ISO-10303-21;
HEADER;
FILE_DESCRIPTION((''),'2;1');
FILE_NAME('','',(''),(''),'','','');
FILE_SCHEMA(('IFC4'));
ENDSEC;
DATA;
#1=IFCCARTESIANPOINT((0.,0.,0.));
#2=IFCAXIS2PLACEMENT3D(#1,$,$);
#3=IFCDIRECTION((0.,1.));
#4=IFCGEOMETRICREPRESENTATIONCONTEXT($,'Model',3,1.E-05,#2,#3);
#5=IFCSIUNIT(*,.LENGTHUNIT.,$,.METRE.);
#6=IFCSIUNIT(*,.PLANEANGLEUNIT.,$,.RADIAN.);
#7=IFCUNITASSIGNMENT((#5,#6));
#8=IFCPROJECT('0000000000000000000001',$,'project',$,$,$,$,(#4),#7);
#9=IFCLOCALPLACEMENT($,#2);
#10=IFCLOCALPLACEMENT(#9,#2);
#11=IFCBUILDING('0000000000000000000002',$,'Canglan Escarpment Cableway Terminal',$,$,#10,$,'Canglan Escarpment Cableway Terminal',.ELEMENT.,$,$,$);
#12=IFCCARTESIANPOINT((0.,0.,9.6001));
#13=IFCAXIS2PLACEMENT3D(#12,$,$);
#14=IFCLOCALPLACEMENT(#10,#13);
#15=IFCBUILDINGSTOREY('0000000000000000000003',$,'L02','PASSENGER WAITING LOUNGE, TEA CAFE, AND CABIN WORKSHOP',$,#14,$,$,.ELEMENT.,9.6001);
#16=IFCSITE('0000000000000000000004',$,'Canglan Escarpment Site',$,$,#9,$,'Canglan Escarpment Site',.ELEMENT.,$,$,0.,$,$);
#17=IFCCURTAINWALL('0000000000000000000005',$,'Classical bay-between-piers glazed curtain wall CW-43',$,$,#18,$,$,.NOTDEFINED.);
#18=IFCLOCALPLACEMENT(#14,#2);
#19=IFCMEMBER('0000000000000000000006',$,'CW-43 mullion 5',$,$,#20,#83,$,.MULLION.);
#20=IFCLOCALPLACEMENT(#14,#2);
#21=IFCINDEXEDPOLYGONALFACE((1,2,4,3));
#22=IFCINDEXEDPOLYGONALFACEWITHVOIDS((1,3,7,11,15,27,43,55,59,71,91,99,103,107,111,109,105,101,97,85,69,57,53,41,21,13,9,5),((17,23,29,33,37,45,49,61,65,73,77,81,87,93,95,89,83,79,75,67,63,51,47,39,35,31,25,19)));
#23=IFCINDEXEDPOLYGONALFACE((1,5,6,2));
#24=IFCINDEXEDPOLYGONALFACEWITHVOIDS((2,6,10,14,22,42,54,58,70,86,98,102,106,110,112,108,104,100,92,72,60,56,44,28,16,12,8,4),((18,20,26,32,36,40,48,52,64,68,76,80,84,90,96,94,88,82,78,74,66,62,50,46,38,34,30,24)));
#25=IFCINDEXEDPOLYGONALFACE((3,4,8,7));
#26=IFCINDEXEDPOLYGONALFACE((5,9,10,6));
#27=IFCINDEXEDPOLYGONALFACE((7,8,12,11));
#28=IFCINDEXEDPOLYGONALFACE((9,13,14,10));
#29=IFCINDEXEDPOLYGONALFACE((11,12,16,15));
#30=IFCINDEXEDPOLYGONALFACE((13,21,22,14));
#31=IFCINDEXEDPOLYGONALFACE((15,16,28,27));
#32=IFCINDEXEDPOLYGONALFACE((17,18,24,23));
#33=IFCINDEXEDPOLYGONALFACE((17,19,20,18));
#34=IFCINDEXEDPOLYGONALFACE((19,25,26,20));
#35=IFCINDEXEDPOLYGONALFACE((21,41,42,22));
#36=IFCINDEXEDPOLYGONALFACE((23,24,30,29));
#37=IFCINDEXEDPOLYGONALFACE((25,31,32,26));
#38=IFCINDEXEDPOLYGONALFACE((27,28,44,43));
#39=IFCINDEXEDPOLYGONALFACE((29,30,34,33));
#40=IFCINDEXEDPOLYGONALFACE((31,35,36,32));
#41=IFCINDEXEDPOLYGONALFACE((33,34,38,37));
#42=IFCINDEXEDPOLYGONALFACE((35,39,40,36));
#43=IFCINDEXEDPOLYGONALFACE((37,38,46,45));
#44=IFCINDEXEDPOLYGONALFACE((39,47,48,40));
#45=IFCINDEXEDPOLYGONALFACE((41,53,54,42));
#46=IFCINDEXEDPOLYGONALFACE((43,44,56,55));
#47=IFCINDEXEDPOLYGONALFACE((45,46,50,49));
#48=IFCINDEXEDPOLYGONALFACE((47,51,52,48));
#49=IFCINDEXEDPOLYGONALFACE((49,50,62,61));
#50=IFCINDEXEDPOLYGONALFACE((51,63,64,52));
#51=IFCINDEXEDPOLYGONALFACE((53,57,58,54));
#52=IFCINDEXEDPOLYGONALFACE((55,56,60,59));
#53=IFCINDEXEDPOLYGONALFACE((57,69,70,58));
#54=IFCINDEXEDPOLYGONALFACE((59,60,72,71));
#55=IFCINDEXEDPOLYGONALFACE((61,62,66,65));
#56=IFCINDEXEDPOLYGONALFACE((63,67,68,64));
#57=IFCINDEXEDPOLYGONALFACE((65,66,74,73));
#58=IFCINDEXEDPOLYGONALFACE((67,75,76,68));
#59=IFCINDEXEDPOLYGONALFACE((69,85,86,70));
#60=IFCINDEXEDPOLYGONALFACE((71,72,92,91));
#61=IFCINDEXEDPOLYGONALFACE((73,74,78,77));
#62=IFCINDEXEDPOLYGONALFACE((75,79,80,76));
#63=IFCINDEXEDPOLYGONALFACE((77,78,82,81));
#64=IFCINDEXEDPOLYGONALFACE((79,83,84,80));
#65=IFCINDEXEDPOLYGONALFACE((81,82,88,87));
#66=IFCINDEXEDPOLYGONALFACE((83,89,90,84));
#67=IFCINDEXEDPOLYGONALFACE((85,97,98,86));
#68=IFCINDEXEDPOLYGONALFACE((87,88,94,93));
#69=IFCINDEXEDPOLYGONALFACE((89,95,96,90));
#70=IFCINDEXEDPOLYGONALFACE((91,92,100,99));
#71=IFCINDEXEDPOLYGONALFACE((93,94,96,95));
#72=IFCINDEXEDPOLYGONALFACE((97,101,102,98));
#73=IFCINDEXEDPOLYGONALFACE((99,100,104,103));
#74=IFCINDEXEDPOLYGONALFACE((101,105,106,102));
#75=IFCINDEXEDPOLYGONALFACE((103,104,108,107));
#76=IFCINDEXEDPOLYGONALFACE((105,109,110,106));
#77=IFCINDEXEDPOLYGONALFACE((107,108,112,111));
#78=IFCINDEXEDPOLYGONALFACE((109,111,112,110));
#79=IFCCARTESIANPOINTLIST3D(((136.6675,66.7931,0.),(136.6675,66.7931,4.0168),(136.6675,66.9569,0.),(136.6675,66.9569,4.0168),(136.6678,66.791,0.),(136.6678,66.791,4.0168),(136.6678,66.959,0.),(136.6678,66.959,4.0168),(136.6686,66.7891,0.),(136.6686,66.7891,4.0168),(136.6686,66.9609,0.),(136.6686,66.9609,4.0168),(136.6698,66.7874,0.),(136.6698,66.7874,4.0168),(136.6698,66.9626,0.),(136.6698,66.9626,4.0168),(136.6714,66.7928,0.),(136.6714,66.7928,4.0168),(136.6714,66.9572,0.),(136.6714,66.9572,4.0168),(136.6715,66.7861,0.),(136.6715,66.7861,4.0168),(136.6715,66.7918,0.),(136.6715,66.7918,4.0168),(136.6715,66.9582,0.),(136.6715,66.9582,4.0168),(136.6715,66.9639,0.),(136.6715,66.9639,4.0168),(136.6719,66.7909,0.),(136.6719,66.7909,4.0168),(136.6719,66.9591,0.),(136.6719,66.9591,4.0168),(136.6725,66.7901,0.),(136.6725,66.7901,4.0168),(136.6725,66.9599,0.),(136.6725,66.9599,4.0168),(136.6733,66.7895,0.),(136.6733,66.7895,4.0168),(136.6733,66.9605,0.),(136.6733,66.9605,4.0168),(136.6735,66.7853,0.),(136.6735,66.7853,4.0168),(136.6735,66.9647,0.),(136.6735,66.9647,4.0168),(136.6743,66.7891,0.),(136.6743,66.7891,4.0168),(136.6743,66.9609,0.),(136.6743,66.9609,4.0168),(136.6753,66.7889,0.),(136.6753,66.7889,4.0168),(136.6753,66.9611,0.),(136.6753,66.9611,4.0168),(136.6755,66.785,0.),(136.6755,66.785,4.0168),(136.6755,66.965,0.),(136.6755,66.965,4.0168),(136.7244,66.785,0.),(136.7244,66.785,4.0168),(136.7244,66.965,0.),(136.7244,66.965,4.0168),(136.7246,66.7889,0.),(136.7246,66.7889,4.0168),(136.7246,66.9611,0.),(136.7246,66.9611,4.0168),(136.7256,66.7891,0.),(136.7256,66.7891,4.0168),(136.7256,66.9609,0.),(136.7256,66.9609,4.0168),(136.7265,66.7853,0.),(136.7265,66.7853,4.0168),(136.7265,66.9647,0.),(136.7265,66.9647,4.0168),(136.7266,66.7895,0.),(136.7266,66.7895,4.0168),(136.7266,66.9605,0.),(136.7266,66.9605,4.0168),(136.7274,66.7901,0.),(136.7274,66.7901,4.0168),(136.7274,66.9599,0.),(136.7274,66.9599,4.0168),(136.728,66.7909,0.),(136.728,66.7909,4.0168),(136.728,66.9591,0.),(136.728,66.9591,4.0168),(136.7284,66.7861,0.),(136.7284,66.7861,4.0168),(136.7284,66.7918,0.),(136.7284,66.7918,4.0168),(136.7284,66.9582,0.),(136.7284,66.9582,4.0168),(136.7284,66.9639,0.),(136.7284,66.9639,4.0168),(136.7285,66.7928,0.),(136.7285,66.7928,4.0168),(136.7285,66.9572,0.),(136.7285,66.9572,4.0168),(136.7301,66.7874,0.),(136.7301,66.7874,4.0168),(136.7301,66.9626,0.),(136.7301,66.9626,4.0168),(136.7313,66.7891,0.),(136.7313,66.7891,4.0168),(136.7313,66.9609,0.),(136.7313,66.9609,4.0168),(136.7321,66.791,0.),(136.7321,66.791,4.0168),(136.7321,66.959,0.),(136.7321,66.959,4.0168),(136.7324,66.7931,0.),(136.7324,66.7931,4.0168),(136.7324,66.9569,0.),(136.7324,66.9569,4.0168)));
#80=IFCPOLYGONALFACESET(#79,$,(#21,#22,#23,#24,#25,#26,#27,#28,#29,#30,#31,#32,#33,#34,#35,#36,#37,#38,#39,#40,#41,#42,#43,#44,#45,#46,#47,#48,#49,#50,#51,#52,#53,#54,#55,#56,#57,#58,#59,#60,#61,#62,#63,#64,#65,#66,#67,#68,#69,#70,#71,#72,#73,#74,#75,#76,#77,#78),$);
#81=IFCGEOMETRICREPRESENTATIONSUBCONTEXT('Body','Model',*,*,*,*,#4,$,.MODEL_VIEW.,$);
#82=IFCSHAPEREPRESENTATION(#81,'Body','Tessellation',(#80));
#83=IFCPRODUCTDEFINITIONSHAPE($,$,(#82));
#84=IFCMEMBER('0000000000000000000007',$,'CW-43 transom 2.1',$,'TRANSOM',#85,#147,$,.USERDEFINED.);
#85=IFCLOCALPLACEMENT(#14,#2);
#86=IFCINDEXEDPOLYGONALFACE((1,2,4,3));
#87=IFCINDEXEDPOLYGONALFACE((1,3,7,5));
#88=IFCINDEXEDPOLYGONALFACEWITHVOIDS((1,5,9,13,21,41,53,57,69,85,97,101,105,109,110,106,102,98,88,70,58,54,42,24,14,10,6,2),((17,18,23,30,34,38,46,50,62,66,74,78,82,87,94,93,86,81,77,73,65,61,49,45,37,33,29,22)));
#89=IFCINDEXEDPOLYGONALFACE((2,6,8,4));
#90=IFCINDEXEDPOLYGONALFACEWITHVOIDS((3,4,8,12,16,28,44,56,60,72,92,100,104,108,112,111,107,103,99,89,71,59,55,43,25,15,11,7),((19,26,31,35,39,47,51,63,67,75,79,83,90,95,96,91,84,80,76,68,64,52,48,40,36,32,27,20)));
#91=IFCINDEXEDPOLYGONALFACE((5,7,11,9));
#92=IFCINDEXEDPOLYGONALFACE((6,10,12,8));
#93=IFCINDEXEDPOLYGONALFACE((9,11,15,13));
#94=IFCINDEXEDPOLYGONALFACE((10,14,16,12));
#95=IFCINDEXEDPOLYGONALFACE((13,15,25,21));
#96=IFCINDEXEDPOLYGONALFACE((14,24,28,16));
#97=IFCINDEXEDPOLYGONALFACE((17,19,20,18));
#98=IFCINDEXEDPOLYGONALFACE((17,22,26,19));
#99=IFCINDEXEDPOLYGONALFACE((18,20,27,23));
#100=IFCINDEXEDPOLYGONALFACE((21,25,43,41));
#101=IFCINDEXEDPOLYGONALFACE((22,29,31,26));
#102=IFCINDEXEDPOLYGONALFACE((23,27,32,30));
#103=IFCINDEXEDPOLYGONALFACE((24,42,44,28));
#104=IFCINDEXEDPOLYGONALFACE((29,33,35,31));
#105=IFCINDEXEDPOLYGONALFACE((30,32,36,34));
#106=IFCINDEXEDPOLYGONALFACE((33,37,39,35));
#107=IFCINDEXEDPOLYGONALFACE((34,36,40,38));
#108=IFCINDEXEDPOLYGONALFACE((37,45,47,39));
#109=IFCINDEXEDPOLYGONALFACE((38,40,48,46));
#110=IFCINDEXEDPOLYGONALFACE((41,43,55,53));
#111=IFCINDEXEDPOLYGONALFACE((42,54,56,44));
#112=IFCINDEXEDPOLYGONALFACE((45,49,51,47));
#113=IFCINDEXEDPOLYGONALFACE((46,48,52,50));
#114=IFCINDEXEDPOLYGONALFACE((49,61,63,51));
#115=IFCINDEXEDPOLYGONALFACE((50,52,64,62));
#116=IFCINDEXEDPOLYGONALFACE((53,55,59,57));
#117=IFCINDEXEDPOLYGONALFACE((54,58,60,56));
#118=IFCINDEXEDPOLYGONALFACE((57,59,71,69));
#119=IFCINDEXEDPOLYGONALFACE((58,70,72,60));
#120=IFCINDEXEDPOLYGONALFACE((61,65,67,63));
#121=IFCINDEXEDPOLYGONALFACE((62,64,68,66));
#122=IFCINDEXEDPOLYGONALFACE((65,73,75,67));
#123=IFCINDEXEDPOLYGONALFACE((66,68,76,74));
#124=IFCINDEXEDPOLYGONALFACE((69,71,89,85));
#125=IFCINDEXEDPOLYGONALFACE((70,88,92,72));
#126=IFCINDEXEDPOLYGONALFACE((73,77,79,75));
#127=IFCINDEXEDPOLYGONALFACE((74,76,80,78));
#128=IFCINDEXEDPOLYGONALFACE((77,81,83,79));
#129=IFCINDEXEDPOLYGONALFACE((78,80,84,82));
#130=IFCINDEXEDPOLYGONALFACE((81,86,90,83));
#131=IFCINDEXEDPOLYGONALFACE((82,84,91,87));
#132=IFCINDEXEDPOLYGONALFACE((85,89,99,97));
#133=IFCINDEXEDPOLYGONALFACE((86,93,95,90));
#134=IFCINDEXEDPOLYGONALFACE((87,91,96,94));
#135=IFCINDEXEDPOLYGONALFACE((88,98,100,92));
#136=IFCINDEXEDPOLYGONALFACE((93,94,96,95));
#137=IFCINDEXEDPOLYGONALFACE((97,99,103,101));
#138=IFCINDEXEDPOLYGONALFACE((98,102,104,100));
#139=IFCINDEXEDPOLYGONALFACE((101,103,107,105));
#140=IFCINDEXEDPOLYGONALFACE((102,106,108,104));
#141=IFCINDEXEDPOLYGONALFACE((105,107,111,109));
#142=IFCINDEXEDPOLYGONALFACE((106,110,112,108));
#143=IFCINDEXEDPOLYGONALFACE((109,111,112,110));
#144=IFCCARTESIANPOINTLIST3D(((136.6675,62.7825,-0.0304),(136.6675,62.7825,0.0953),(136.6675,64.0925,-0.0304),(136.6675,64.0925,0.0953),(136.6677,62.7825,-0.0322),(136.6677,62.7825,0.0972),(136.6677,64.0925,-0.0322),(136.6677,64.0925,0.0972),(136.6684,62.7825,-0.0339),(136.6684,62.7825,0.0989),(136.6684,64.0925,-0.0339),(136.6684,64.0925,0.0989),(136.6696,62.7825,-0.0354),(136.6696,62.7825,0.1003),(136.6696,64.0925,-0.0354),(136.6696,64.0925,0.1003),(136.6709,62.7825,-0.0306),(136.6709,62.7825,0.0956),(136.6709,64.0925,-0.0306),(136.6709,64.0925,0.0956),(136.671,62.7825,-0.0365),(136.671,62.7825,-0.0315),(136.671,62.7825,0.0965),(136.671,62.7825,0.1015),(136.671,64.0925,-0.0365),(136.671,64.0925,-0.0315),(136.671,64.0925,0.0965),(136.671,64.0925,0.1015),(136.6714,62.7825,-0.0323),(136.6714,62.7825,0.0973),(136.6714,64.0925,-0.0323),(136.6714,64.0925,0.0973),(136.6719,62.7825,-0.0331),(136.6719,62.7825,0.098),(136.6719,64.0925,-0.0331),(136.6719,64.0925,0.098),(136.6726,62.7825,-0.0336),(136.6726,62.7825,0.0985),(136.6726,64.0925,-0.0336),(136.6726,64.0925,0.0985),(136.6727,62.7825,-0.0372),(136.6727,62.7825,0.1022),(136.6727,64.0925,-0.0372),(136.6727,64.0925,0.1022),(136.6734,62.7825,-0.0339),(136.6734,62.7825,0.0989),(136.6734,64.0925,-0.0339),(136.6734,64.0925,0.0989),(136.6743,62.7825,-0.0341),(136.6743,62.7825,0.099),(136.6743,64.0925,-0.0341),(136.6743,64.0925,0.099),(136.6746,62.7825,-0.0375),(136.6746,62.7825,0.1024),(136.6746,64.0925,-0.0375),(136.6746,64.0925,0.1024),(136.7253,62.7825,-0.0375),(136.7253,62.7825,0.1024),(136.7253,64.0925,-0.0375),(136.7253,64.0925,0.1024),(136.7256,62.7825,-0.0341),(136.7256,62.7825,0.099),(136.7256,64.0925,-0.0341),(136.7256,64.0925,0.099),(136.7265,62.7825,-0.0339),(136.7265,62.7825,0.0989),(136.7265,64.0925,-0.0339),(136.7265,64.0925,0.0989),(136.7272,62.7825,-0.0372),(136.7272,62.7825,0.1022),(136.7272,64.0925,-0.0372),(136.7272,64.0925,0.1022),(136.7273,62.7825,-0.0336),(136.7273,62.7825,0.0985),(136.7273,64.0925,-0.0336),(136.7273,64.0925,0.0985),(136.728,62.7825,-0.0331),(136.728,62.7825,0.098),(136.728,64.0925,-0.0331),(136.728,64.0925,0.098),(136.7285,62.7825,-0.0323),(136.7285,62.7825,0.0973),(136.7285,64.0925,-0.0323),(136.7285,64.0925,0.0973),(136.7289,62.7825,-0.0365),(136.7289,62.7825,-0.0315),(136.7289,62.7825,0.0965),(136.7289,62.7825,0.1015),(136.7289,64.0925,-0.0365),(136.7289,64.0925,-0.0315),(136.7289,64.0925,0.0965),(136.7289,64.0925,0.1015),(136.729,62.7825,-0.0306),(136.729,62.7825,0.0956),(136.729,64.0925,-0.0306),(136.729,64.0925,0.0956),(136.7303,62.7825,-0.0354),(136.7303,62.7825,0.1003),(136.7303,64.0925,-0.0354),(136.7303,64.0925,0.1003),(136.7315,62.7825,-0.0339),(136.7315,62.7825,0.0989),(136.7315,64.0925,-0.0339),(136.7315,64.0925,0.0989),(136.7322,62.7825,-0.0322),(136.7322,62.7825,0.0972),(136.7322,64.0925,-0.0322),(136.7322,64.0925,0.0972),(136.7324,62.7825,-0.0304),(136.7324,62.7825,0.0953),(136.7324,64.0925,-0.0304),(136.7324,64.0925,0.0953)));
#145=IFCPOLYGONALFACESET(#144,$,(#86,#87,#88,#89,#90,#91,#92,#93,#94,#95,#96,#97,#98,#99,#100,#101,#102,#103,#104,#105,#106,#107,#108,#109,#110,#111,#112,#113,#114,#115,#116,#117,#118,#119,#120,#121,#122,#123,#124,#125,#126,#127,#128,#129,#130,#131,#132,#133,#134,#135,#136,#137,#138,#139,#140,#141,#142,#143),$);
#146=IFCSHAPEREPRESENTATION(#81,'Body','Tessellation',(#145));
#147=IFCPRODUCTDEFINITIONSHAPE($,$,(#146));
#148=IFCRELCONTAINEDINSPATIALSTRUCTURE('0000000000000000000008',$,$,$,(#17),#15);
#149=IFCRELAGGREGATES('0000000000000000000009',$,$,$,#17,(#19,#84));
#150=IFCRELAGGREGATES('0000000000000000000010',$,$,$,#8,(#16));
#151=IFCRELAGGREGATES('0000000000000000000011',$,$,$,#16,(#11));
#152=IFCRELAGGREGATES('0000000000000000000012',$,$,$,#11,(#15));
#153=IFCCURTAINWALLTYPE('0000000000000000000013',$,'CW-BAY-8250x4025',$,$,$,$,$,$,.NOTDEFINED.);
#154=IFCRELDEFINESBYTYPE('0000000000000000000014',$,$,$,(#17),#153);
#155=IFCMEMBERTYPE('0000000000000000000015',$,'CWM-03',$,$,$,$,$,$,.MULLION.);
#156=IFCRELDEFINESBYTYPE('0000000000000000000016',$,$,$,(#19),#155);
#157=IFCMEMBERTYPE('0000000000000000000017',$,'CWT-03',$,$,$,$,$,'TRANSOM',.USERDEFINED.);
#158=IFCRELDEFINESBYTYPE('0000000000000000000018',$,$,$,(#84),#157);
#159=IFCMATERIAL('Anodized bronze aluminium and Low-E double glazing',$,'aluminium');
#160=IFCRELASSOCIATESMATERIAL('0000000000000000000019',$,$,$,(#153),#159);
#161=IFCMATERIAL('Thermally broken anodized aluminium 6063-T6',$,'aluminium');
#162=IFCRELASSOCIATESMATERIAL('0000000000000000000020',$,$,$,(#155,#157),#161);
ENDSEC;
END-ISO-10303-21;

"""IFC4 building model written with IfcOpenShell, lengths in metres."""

from ifc_helpers import new_model, si_unit, direction, frame, origin, origin_2d, place, context, subcontext, project, spatial, hollow_rectangle, extrude, material, material_profile, profile_set, type_object, element, aggregate, save


model = new_model("IFC4")

# Units and contexts
model_context = context("Model", 3, precision=1e-05, world=origin(), true_north=direction((0.0, 1.0)))
body_context = subcontext(model_context, "Body", "Model", "MODEL_VIEW")
ifc_project = project(units=[si_unit("LENGTHUNIT", "METRE"), si_unit("PLANEANGLEUNIT", "RADIAN")], contexts=[model_context])

# Site, building, storey
site_placement = place(None, origin())
site = spatial("IfcSite", under=ifc_project, at=site_placement, Name="Canglan Escarpment Site", LongName="Canglan Escarpment Site", CompositionType="ELEMENT", RefElevation=0.0)
building_placement = place(site_placement, origin())
building = spatial("IfcBuilding", under=site, at=building_placement, Name="Canglan Escarpment Cableway Terminal", LongName="Canglan Escarpment Cableway Terminal", CompositionType="ELEMENT")
storey_placement = place(building_placement, frame((0.0, 0.0, 9.6001)))
storey = spatial("IfcBuildingStorey", under=building, at=storey_placement, Name="L02", Description="PASSENGER WAITING LOUNGE, TEA CAFE, AND CABIN WORKSHOP", CompositionType="ELEMENT", Elevation=9.6001)

# Curtain wall, members
ifc_material_1 = material(Name="Anodized bronze aluminium and Low-E double glazing", Category="aluminium")
curtain_wall_type = type_object("IfcCurtainWallType", Name="CW-BAY-8250x4025", PredefinedType="NOTDEFINED", material=ifc_material_1)
curtain_wall_placement = place(storey_placement, origin())
curtain_wall = element("IfcCurtainWall", 1, at=curtain_wall_placement, inside=storey, type_object=curtain_wall_type, Name="Classical bay-between-piers glazed curtain wall CW-43", PredefinedType="NOTDEFINED")
ifc_material_2 = material(Name="Thermally broken anodized aluminium 6063-T6", Category="aluminium")
ifc_material_profile_1 = material_profile(ifc_material_2, hollow_rectangle(XDim=0.0649, YDim=0.1799, WallThickness=0.0039, InnerFilletRadius=0.0039, OuterFilletRadius=0.0081, at=origin_2d()), Name="ALU-MULL 65x180x4")
ifc_profile_set_1 = profile_set([ifc_material_profile_1], Name="Thermally broken anodized aluminium 6063-T6")
member_type_1 = type_object("IfcMemberType", Name="CWM-03", PredefinedType="MULLION", material=ifc_profile_set_1)
member_1_placement = place(storey_placement, frame((136.7, 66.875, 0.0), z_axis=(0.0, 0.0, 1.0), x_axis=(-1.0, 0.0, 0.0)))
member_1 = element("IfcMember", 2, at=member_1_placement, type_object=member_type_1, Name="CW-43 mullion 5", PredefinedType="MULLION", context=body_context, shape_type="SweptSolid", body=[
    extrude(hollow_rectangle(XDim=0.0649, YDim=0.1799, WallThickness=0.0039, InnerFilletRadius=0.0039, OuterFilletRadius=0.0081, at=origin_2d()), origin(), (0.0, 0.0, 1.0), 4.0168),
])
ifc_material_profile_2 = material_profile(ifc_material_2, hollow_rectangle(XDim=0.0649, YDim=0.1399, WallThickness=0.0034, InnerFilletRadius=0.0034, OuterFilletRadius=0.0071, at=origin_2d()), Name="ALU-TRAN 65x140x3.5")
ifc_profile_set_2 = profile_set([ifc_material_profile_2], Name="Thermally broken anodized aluminium 6063-T6")
member_type_2 = type_object("IfcMemberType", Name="CWT-03", ElementType="TRANSOM", PredefinedType="USERDEFINED", material=ifc_profile_set_2)
member_2_placement = place(storey_placement, frame((136.7, 62.7825, 0.0325), z_axis=(0.0, 1.0, 0.0), x_axis=(-1.0, 0.0, 0.0)))
member_2 = element("IfcMember", 3, at=member_2_placement, type_object=member_type_2, Name="CW-43 transom 2.1", ObjectType="TRANSOM", PredefinedType="USERDEFINED", context=body_context, shape_type="SweptSolid", body=[
    extrude(hollow_rectangle(XDim=0.0649, YDim=0.1399, WallThickness=0.0034, InnerFilletRadius=0.0034, OuterFilletRadius=0.0071, at=origin_2d()), origin(), (0.0, 0.0, 1.0), 1.3101),
])
aggregate(curtain_wall, [member_1, member_2])

save(model, "model.ifc")
